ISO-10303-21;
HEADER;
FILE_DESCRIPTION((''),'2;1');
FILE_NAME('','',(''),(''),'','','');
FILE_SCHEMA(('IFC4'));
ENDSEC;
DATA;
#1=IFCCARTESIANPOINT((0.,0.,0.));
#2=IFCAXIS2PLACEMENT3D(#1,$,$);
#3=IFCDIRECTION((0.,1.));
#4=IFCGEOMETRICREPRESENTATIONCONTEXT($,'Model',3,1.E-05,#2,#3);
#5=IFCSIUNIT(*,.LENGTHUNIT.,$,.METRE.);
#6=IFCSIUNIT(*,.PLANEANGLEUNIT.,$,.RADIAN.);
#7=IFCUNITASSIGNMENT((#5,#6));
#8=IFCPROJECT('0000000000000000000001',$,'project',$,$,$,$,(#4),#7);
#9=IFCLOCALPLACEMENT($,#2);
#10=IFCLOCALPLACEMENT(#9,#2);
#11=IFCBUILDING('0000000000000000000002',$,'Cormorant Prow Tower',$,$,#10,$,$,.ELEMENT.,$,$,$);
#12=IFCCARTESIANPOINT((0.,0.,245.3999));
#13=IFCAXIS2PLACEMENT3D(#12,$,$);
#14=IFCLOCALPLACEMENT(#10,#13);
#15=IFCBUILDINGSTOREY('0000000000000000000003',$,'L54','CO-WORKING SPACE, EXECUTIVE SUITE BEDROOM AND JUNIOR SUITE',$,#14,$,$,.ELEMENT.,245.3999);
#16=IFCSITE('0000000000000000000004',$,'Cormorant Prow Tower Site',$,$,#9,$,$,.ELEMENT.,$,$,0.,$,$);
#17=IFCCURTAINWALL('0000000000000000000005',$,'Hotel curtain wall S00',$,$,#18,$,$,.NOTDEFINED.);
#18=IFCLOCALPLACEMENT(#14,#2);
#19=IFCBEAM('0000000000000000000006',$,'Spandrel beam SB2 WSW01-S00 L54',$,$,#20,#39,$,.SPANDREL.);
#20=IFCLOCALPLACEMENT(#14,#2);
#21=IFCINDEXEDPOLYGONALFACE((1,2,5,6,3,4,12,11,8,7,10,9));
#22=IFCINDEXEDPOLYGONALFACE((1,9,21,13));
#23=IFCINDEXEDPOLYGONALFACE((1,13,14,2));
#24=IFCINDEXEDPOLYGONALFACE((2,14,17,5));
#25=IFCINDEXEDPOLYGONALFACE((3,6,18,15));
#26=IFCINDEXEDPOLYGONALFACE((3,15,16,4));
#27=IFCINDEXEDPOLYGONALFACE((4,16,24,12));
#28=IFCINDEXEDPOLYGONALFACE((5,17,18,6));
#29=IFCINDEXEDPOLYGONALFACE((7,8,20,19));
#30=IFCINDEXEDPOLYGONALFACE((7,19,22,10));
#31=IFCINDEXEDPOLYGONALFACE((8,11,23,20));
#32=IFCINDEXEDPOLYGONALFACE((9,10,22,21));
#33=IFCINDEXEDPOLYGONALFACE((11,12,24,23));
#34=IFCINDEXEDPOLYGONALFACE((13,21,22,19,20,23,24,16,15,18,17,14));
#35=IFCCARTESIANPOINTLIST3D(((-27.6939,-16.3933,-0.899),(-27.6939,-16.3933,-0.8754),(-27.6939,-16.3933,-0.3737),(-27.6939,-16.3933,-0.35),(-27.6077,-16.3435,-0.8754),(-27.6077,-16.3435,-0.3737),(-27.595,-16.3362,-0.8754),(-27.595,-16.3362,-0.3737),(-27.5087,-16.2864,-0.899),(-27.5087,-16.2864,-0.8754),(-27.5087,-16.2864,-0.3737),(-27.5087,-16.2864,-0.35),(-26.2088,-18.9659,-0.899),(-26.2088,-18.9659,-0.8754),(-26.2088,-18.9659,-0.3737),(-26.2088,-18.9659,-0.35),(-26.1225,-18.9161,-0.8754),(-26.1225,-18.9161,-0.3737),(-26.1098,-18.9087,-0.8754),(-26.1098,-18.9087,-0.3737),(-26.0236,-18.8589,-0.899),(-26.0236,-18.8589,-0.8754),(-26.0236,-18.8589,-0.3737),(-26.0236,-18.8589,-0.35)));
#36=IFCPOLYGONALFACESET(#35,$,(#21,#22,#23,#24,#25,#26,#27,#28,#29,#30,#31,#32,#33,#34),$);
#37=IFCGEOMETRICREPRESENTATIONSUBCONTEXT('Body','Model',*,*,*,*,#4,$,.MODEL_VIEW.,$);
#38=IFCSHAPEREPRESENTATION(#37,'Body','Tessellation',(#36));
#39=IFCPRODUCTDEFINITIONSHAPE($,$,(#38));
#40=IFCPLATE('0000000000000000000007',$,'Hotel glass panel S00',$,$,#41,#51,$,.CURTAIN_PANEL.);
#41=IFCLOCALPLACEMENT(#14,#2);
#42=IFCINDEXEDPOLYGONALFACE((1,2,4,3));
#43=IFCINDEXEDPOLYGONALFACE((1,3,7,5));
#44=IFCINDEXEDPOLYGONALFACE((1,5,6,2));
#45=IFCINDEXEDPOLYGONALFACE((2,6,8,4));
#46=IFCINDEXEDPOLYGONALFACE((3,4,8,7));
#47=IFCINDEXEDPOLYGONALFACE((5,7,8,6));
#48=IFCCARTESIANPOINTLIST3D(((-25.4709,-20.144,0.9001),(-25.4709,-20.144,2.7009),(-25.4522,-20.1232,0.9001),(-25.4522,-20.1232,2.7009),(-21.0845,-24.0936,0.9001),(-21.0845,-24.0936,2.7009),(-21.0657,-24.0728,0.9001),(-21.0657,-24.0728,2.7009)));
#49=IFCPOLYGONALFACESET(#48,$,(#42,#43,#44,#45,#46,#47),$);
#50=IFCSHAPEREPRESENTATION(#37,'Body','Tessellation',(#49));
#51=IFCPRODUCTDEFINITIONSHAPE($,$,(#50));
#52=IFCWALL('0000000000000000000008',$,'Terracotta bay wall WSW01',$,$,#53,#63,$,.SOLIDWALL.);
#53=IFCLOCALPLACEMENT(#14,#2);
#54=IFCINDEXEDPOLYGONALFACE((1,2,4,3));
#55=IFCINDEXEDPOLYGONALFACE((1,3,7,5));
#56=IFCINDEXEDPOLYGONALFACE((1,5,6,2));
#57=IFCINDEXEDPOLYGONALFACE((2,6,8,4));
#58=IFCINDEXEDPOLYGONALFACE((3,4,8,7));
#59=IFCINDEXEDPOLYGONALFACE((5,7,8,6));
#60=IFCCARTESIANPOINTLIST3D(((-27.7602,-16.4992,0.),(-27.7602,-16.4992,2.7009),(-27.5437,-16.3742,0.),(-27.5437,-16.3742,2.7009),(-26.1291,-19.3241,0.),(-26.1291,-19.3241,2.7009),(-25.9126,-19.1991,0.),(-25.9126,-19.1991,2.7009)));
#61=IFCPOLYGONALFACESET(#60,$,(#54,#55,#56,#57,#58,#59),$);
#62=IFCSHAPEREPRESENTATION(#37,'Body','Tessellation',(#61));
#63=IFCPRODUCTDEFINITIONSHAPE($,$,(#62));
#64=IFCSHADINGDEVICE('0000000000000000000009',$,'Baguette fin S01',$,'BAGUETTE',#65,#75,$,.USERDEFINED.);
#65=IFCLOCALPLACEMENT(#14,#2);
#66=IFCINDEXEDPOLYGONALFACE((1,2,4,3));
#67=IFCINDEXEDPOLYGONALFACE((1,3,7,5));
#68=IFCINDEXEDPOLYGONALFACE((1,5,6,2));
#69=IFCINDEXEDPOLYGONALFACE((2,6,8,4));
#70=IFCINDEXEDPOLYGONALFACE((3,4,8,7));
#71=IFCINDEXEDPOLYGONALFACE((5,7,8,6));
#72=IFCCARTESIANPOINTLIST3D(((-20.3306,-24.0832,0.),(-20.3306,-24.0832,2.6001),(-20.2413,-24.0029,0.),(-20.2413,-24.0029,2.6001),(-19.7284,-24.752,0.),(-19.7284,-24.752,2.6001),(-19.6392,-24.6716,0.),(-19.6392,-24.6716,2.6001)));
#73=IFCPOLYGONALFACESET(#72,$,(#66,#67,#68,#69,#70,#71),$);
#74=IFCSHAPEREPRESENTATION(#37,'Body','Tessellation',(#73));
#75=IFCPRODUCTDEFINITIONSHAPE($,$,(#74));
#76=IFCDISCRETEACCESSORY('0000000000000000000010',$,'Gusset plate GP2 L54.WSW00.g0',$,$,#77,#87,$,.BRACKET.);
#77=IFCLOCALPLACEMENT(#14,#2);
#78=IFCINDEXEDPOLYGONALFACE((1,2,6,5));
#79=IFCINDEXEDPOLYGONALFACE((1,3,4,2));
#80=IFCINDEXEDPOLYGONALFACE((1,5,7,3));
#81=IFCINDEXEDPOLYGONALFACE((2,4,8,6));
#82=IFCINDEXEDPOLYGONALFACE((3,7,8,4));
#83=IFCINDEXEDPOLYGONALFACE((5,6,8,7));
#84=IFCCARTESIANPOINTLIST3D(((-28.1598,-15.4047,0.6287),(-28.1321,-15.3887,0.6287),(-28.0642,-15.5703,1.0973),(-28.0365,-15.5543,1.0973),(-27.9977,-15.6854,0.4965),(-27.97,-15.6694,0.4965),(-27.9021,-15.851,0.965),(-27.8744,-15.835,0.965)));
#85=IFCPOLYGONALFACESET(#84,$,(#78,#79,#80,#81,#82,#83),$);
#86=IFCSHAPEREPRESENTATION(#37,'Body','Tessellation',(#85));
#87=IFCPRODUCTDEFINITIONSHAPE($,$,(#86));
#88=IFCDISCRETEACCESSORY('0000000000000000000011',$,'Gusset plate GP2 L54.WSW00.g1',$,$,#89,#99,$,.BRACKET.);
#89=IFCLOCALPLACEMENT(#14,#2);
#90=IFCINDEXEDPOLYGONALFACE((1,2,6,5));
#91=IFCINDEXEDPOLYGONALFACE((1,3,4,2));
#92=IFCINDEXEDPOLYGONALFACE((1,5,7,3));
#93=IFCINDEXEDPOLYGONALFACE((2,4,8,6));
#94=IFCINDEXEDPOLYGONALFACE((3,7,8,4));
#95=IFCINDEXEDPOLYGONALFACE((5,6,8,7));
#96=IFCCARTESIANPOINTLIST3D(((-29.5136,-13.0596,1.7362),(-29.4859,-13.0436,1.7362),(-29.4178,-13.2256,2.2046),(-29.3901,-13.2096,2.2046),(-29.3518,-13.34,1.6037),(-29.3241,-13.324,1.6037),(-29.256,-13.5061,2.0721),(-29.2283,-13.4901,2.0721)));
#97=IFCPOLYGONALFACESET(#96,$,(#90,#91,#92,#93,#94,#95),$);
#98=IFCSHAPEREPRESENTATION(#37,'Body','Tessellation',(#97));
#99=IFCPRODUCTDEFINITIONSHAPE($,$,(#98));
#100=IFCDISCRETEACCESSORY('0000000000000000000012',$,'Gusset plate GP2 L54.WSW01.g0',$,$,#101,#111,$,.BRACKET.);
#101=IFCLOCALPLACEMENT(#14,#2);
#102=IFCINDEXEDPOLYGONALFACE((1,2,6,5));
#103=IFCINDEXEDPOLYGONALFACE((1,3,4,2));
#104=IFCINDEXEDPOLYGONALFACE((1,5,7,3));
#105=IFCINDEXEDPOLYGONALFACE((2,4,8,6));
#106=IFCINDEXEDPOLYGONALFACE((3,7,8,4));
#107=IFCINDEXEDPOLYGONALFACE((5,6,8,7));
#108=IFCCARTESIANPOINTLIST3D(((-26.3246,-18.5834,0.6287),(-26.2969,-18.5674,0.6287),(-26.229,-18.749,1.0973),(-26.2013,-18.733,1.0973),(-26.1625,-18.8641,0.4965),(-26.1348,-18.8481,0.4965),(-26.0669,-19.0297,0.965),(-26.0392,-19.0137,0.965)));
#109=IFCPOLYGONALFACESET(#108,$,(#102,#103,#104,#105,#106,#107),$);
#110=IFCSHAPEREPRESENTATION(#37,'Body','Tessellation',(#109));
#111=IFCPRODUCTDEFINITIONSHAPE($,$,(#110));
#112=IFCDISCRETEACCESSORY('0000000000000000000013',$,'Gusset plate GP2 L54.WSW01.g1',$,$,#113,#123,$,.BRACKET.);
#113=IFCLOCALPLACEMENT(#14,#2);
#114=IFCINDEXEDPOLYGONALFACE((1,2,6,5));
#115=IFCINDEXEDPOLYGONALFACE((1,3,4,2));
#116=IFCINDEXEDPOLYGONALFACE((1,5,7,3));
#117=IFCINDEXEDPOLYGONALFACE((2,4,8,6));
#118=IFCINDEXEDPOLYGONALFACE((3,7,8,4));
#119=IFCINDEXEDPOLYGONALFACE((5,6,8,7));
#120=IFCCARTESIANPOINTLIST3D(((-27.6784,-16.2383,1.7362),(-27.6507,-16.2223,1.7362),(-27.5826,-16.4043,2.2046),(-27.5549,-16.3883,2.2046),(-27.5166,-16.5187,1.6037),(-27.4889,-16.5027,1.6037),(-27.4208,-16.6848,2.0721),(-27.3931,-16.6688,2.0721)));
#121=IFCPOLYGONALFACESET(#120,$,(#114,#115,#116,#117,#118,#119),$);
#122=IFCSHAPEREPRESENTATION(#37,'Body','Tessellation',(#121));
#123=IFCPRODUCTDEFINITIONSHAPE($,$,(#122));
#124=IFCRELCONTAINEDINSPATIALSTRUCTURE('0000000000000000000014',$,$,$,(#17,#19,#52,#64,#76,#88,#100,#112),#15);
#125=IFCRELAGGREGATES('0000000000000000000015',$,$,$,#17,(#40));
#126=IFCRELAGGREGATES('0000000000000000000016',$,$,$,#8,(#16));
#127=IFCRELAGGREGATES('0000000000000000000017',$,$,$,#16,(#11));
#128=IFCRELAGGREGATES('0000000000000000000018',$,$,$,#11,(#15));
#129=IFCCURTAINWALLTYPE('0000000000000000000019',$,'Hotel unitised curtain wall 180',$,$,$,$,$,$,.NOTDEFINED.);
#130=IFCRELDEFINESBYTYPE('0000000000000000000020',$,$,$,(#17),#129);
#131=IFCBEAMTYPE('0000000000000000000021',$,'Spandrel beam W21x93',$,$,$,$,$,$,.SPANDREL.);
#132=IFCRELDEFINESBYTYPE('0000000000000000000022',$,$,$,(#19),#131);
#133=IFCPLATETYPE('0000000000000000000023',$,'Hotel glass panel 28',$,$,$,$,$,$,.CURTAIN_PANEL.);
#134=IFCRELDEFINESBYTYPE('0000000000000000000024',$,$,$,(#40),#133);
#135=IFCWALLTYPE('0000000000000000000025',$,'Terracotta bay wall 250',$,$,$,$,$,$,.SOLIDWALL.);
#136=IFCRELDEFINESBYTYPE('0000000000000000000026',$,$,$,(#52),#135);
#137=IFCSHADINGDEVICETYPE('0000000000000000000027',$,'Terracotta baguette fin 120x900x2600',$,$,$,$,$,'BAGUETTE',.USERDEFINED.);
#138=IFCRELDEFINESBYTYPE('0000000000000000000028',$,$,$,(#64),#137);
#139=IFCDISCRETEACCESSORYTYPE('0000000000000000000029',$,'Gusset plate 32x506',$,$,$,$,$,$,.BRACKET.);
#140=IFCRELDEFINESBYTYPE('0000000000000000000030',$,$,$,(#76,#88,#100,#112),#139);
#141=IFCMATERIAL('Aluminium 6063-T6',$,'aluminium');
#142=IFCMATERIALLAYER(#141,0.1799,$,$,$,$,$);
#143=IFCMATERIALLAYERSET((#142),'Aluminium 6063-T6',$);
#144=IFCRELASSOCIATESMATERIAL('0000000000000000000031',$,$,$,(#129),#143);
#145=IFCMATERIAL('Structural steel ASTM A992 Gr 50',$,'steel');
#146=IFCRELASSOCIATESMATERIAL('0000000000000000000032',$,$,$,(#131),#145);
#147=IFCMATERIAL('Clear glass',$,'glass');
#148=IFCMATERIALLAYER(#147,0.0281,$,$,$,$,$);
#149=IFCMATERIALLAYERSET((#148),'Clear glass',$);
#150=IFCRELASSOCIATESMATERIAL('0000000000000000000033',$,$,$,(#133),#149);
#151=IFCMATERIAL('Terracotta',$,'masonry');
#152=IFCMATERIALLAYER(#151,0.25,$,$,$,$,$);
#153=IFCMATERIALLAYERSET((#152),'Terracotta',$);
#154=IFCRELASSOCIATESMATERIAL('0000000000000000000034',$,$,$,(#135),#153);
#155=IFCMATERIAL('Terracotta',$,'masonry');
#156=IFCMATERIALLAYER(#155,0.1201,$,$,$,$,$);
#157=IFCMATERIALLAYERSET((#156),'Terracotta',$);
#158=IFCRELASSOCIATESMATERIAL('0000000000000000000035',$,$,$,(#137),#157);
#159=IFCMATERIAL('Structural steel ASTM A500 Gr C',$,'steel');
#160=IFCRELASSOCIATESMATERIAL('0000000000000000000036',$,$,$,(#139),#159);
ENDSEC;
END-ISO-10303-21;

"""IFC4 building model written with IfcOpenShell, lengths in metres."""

from ifc_helpers import new_model, si_unit, direction, frame, frame_2d, origin, origin_2d, place, context, subcontext, project, spatial, rectangle, i_section, extrude, material, layer, layer_set, material_profile, profile_set, type_object, element, aggregate, save


model = new_model("IFC4")

# Units and contexts
model_context = context("Model", 3, precision=1e-05, world=origin(), true_north=direction((0.0, 1.0)))
body_context = subcontext(model_context, "Body", "Model", "MODEL_VIEW")
ifc_project = project(units=[si_unit("LENGTHUNIT", "METRE"), si_unit("PLANEANGLEUNIT", "RADIAN")], contexts=[model_context])

# Site, building, storey
site_placement = place(None, origin())
site = spatial("IfcSite", under=ifc_project, at=site_placement, Name="Cormorant Prow Tower Site", CompositionType="ELEMENT", RefElevation=0.0)
building_placement = place(site_placement, origin())
building = spatial("IfcBuilding", under=site, at=building_placement, Name="Cormorant Prow Tower", CompositionType="ELEMENT")
storey_placement = place(building_placement, frame((0.0, 0.0, 245.3999)))
storey = spatial("IfcBuildingStorey", under=building, at=storey_placement, Name="L54", Description="CO-WORKING SPACE, EXECUTIVE SUITE BEDROOM AND JUNIOR SUITE", CompositionType="ELEMENT", Elevation=245.3999)

# Curtain wall
ifc_material_1 = material(Name="Aluminium 6063-T6", Category="aluminium")
ifc_layer_1 = layer(ifc_material_1, 0.1799)
ifc_layer_set_1 = layer_set([ifc_layer_1], Name="Aluminium 6063-T6")
curtain_wall_type = type_object("IfcCurtainWallType", Name="Hotel unitised curtain wall 180", PredefinedType="NOTDEFINED", material=ifc_layer_set_1)
curtain_wall_placement = place(storey_placement, origin())
curtain_wall = element("IfcCurtainWall", 1, at=curtain_wall_placement, inside=storey, type_object=curtain_wall_type, Name="Hotel curtain wall S00", PredefinedType="NOTDEFINED")

# Beam
ifc_material_2 = material(Name="Structural steel ASTM A992 Gr 50", Category="steel")
ifc_material_profile_1 = material_profile(ifc_material_2, i_section(OverallWidth=0.2139, OverallDepth=0.5491, WebThickness=0.0146, FlangeThickness=0.0237, at=origin_2d()), Name="W21x93")
ifc_profile_set_1 = profile_set([ifc_material_profile_1], Name="Structural steel ASTM A992 Gr 50")
beam_type = type_object("IfcBeamType", Name="Spandrel beam W21x93", PredefinedType="SPANDREL", material=ifc_profile_set_1)
for number, where, z_axis, x_axis, name in (
    (2, (-27.6013, -16.3398, -0.6245), (0.499967, -0.866045, 0.0), (0.866045, 0.499967, 0.0), "Spandrel beam SB2 WSW01-S00 L54"),
):
    element("IfcBeam", number, at=place(storey_placement, frame(where, z_axis=z_axis, x_axis=x_axis)), inside=storey, type_object=beam_type, Name=name, PredefinedType="SPANDREL", context=body_context, shape_type="SweptSolid", body=[
        extrude(i_section(OverallWidth=0.2139, OverallDepth=0.5491, WebThickness=0.0146, FlangeThickness=0.0237, at=origin_2d()), origin(), (0.0, 0.0, 1.0), 2.9705),
    ])

# Plate
ifc_material_3 = material(Name="Clear glass", Category="glass")
ifc_layer_2 = layer(ifc_material_3, 0.0281)
ifc_layer_set_2 = layer_set([ifc_layer_2], Name="Clear glass")
plate_type = type_object("IfcPlateType", Name="Hotel glass panel 28", PredefinedType="CURTAIN_PANEL", material=ifc_layer_set_2)
plate_placement = place(storey_placement, frame((-23.2683, -22.1084, 0.9001), z_axis=(0.0, 0.0, 1.0), x_axis=(0.743145, -0.669131, 0.0)))
plate = element("IfcPlate", 3, at=plate_placement, type_object=plate_type, Name="Hotel glass panel S00", PredefinedType="CURTAIN_PANEL", context=body_context, shape_type="SweptSolid", body=[
    extrude(rectangle(XDim=5.9026, YDim=0.0281, at=origin_2d()), origin(), (0.0, 0.0, 1.0), 1.8008),
])
aggregate(curtain_wall, [plate])

# Wall
ifc_material_4 = material(Name="Terracotta", Category="masonry")
ifc_layer_3 = layer(ifc_material_4, 0.25)
ifc_layer_set_3 = layer_set([ifc_layer_3], Name="Terracotta")
wall_type_1 = type_object("IfcWallType", Name="Terracotta bay wall 250", PredefinedType="SOLIDWALL", material=ifc_layer_set_3)
wall_1_placement = place(storey_placement, frame((-27.6519, -16.4368, 0.0), z_axis=(0.0, 0.0, 1.0), x_axis=(0.500027, -0.86601, 0.0)))
element("IfcWall", 4, at=wall_1_placement, inside=storey, type_object=wall_type_1, Name="Terracotta bay wall WSW01", PredefinedType="SOLIDWALL", context=body_context, shape_type="SweptSolid", body=[
    extrude(rectangle(XDim=3.262, YDim=0.25, at=frame_2d((1.6309, 0.0))), origin(), (0.0, 0.0, 1.0), 2.7009),
])

# Shading device
ifc_material_5 = material(Name="Terracotta", Category="masonry")
ifc_layer_4 = layer(ifc_material_5, 0.1201)
ifc_layer_set_4 = layer_set([ifc_layer_4], Name="Terracotta")
shading_device_type = type_object("IfcShadingDeviceType", Name="Terracotta baguette fin 120x900x2600", ElementType="BAGUETTE", PredefinedType="USERDEFINED", material=ifc_layer_set_4)
shading_device_placement = place(storey_placement, frame((-19.9849, -24.3774, 0.0), z_axis=(0.0, 0.0, 1.0), x_axis=(0.743145, 0.669131, 0.0)))
element("IfcShadingDevice", 5, at=shading_device_placement, inside=storey, type_object=shading_device_type, Name="Baguette fin S01", ObjectType="BAGUETTE", PredefinedType="USERDEFINED", context=body_context, shape_type="SweptSolid", body=[
    extrude(rectangle(XDim=0.1201, YDim=0.8999, at=origin_2d()), origin(), (0.0, 0.0, 1.0), 2.6001),
])

# Discrete accessories
ifc_material_6 = material(Name="Structural steel ASTM A500 Gr C", Category="steel")
ifc_material_profile_2 = material_profile(ifc_material_6, rectangle(XDim=0.032, YDim=0.5061, at=origin_2d()), Name="Gusset plate 32x506")
ifc_profile_set_2 = profile_set([ifc_material_profile_2], Name="Structural steel ASTM A500 Gr C")
discrete_accessory_type = type_object("IfcDiscreteAccessoryType", Name="Gusset plate 32x506", PredefinedType="BRACKET", material=ifc_profile_set_2)
discrete_accessory_1_placement = place(storey_placement, frame((-28.0981, -15.4795, 0.863), z_axis=(0.46295, -0.801796, -0.37789), x_axis=(0.86601, 0.500027, 0.0)))
element("IfcDiscreteAccessory", 6, at=discrete_accessory_1_placement, inside=storey, type_object=discrete_accessory_type, Name="Gusset plate GP2 L54.WSW00.g0", PredefinedType="BRACKET", context=body_context, shape_type="SweptSolid", body=[
    extrude(rectangle(XDim=0.032, YDim=0.5061, at=origin_2d()), origin(), (0.0, 0.0, 1.0), 0.3501),
])
discrete_accessory_2_placement = place(storey_placement, frame((-29.29, -13.415, 1.8379), z_axis=(-0.462538, 0.801594, 0.378821), x_axis=(-0.866148, -0.499788, 0.0)))
element("IfcDiscreteAccessory", 7, at=discrete_accessory_2_placement, inside=storey, type_object=discrete_accessory_type, Name="Gusset plate GP2 L54.WSW00.g1", PredefinedType="BRACKET", context=body_context, shape_type="SweptSolid", body=[
    extrude(rectangle(XDim=0.032, YDim=0.5061, at=origin_2d()), origin(), (0.0, 0.0, 1.0), 0.3499),
])
discrete_accessory_3_placement = place(storey_placement, frame((-26.2629, -18.6582, 0.863), z_axis=(0.46295, -0.801796, -0.37789), x_axis=(0.86601, 0.500027, 0.0)))
element("IfcDiscreteAccessory", 8, at=discrete_accessory_3_placement, inside=storey, type_object=discrete_accessory_type, Name="Gusset plate GP2 L54.WSW01.g0", PredefinedType="BRACKET", context=body_context, shape_type="SweptSolid", body=[
    extrude(rectangle(XDim=0.032, YDim=0.5061, at=origin_2d()), origin(), (0.0, 0.0, 1.0), 0.3501),
])
discrete_accessory_4_placement = place(storey_placement, frame((-27.4548, -16.5938, 1.8379), z_axis=(-0.462538, 0.801594, 0.378821), x_axis=(-0.866148, -0.499788, 0.0)))
element("IfcDiscreteAccessory", 9, at=discrete_accessory_4_placement, inside=storey, type_object=discrete_accessory_type, Name="Gusset plate GP2 L54.WSW01.g1", PredefinedType="BRACKET", context=body_context, shape_type="SweptSolid", body=[
    extrude(rectangle(XDim=0.032, YDim=0.5061, at=origin_2d()), origin(), (0.0, 0.0, 1.0), 0.3499),
])

save(model, "model.ifc")
